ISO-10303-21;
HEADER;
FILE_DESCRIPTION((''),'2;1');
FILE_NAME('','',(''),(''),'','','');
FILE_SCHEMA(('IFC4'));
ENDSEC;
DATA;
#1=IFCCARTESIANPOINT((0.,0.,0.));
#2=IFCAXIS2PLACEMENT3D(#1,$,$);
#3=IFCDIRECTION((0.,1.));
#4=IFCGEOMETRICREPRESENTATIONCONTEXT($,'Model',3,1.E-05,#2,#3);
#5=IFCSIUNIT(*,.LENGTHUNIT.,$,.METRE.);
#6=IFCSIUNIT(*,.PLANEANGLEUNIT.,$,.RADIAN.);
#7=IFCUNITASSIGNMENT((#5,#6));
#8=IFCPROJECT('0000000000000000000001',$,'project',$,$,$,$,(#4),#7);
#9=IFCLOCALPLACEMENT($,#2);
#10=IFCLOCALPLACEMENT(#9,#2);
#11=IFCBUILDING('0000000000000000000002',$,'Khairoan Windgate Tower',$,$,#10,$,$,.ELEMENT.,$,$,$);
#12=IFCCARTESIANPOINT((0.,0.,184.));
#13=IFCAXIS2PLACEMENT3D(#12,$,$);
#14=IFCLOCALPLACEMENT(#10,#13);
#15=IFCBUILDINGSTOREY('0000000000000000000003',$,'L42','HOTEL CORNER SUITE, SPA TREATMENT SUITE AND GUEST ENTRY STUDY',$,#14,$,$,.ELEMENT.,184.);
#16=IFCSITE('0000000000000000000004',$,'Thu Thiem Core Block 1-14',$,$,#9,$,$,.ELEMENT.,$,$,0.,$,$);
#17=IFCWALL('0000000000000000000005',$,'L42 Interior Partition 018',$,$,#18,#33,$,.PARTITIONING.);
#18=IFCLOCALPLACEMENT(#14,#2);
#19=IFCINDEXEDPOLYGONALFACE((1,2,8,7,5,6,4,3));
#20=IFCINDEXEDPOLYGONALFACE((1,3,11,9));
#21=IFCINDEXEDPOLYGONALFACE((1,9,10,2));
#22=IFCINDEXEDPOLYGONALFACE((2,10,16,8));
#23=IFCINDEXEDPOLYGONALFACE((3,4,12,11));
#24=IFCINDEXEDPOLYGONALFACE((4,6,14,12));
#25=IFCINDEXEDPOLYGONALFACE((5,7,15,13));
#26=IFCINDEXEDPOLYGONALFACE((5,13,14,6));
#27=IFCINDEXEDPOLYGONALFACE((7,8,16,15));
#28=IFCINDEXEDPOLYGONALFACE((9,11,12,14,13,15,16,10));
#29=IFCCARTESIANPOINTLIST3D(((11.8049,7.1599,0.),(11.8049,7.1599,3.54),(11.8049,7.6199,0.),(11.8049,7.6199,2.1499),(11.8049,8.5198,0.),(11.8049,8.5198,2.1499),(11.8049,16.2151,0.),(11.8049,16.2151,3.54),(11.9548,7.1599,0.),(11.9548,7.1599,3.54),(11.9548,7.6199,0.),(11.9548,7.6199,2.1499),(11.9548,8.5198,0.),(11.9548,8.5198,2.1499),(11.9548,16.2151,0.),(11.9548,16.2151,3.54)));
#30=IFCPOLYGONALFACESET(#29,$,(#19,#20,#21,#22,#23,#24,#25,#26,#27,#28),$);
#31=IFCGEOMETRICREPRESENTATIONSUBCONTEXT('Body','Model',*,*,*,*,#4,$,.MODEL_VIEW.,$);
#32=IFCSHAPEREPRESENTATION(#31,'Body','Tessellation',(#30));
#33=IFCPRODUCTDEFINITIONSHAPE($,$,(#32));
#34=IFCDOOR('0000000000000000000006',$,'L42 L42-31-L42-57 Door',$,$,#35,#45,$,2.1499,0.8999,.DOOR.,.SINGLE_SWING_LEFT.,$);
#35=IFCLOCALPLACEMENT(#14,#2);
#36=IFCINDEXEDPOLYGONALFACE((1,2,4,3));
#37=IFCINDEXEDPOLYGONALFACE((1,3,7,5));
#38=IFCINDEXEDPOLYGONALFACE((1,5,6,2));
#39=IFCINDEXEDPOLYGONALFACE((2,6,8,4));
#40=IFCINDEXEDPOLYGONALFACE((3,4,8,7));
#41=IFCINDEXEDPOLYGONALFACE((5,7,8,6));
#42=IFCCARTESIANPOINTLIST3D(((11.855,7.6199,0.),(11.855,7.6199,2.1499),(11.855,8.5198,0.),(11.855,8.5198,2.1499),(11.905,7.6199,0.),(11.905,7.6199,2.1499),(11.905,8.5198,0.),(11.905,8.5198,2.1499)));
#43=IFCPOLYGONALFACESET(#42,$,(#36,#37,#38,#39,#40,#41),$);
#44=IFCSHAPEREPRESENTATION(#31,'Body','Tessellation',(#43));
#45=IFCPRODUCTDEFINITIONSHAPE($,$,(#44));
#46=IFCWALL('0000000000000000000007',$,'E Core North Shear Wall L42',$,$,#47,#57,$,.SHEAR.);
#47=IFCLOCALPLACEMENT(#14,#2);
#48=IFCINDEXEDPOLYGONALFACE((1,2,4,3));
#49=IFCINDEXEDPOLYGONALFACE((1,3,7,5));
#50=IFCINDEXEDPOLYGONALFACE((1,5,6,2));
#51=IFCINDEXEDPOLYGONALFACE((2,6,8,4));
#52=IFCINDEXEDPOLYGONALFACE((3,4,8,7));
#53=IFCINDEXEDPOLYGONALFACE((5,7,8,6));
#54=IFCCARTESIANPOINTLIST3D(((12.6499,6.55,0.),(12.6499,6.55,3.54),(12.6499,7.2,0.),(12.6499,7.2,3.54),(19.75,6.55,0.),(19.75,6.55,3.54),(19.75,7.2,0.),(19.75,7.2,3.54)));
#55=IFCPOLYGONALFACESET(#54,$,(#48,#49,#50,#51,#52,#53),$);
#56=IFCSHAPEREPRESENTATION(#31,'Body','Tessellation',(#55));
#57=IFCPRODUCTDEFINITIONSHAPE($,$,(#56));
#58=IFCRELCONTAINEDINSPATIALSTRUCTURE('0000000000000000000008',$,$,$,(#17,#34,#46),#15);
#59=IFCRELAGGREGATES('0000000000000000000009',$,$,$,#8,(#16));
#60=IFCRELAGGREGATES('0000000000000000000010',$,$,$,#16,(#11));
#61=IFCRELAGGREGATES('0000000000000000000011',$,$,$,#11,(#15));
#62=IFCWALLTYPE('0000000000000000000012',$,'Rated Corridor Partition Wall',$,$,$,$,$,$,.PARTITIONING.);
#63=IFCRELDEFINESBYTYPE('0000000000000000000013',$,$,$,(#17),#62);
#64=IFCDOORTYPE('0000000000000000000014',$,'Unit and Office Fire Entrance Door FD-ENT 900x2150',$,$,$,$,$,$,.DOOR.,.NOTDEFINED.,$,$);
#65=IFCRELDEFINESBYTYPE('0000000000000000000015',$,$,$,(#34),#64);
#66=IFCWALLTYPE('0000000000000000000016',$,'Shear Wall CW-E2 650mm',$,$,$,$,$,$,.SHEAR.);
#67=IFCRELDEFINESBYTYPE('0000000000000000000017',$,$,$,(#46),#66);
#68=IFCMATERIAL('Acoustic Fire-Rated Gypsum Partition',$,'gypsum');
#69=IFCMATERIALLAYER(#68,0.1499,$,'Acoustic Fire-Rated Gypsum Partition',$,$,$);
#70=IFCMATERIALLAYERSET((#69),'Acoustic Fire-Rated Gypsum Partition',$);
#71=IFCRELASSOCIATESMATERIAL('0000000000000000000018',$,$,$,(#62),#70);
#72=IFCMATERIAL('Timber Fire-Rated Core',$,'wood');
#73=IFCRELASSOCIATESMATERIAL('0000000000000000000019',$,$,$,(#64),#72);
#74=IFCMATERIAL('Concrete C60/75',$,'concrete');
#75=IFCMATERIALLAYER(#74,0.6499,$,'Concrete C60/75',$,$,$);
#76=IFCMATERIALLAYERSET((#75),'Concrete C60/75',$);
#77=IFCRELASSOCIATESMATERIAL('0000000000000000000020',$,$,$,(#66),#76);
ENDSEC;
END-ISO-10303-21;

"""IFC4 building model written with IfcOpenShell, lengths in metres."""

from ifc_helpers import new_model, si_unit, direction, frame, frame_2d, origin, place, context, subcontext, project, spatial, rectangle, extrude, material, layer, layer_set, type_object, element, fill, save


model = new_model("IFC4")

# Units and contexts
model_context = context("Model", 3, precision=1e-05, world=origin(), true_north=direction((0.0, 1.0)))
body_context = subcontext(model_context, "Body", "Model", "MODEL_VIEW")
ifc_project = project(units=[si_unit("LENGTHUNIT", "METRE"), si_unit("PLANEANGLEUNIT", "RADIAN")], contexts=[model_context])

# Site, building, storey
site_placement = place(None, origin())
site = spatial("IfcSite", under=ifc_project, at=site_placement, Name="Thu Thiem Core Block 1-14", CompositionType="ELEMENT", RefElevation=0.0)
building_placement = place(site_placement, origin())
building = spatial("IfcBuilding", under=site, at=building_placement, Name="Khairoan Windgate Tower", CompositionType="ELEMENT")
storey_placement = place(building_placement, frame((0.0, 0.0, 184.0)))
storey = spatial("IfcBuildingStorey", under=building, at=storey_placement, Name="L42", Description="HOTEL CORNER SUITE, SPA TREATMENT SUITE AND GUEST ENTRY STUDY", CompositionType="ELEMENT", Elevation=184.0)

# Wall, opening, door
ifc_material_1 = material(Name="Acoustic Fire-Rated Gypsum Partition", Category="gypsum")
ifc_layer_1 = layer(ifc_material_1, 0.1499, Name="Acoustic Fire-Rated Gypsum Partition")
ifc_layer_set_1 = layer_set([ifc_layer_1], Name="Acoustic Fire-Rated Gypsum Partition")
wall_type_1 = type_object("IfcWallType", Name="Rated Corridor Partition Wall", PredefinedType="PARTITIONING", material=ifc_layer_set_1)
wall_1_placement = place(storey_placement, frame((11.8799, 7.1599, 0.0), z_axis=(0.0, 0.0, 1.0), x_axis=(0.0, 1.0, 0.0)))
wall_1 = element("IfcWall", 1, at=wall_1_placement, inside=storey, type_object=wall_type_1, Name="L42 Interior Partition 018", PredefinedType="PARTITIONING", context=body_context, shape_type="SweptSolid", body=[
    extrude(rectangle(XDim=9.0552, YDim=0.1499, at=frame_2d((4.5276, 0.0))), origin(), (0.0, 0.0, 1.0), 3.54),
])
opening_placement = place(wall_1_placement, frame((0.46, 0.0, 0.0)))
opening = element("IfcOpeningElement", 2, at=opening_placement, cuts=wall_1, PredefinedType="OPENING", context=body_context, shape_type="SweptSolid", body=[
    extrude(rectangle(XDim=0.8999, YDim=2.1499, at=frame_2d((0.45, 1.075))), frame((0.0, 0.085, 0.0), z_axis=(0.0, -1.0, 0.0), x_axis=(1.0, 0.0, 0.0)), (0.0, 0.0, 1.0), 0.1699),
])
ifc_material_2 = material(Name="Timber Fire-Rated Core", Category="wood")
door_type = type_object("IfcDoorType", Name="Unit and Office Fire Entrance Door FD-ENT 900x2150", OperationType="NOTDEFINED", PredefinedType="DOOR", material=ifc_material_2)
door_placement = place(opening_placement, origin())
door = element("IfcDoor", 3, at=door_placement, inside=storey, type_object=door_type, Name="L42 L42-31-L42-57 Door", OperationType="SINGLE_SWING_LEFT", OverallHeight=2.1499, OverallWidth=0.8999, PredefinedType="DOOR", context=body_context, shape_type="SweptSolid", body=[
    extrude(rectangle(XDim=0.8999, YDim=2.1499, at=frame_2d((0.45, 1.075))), frame((0.0, 0.0249, 0.0), z_axis=(0.0, -1.0, 0.0), x_axis=(1.0, 0.0, 0.0)), (0.0, 0.0, 1.0), 0.05),
])
fill(opening, door)

# Wall
ifc_material_3 = material(Name="Concrete C60/75", Category="concrete")
ifc_layer_2 = layer(ifc_material_3, 0.6499, Name="Concrete C60/75")
ifc_layer_set_2 = layer_set([ifc_layer_2], Name="Concrete C60/75")
wall_type_2 = type_object("IfcWallType", Name="Shear Wall CW-E2 650mm", PredefinedType="SHEAR", material=ifc_layer_set_2)
wall_2_placement = place(storey_placement, frame((12.6499, 6.875, 0.0), z_axis=(0.0, 0.0, 1.0), x_axis=(1.0, 0.0, 0.0)))
element("IfcWall", 4, at=wall_2_placement, inside=storey, type_object=wall_type_2, Name="E Core North Shear Wall L42", PredefinedType="SHEAR", context=body_context, shape_type="SweptSolid", body=[
    extrude(rectangle(XDim=7.1001, YDim=0.6499, at=frame_2d((3.55, 0.0))), origin(), (0.0, 0.0, 1.0), 3.54),
])

save(model, "model.ifc")
